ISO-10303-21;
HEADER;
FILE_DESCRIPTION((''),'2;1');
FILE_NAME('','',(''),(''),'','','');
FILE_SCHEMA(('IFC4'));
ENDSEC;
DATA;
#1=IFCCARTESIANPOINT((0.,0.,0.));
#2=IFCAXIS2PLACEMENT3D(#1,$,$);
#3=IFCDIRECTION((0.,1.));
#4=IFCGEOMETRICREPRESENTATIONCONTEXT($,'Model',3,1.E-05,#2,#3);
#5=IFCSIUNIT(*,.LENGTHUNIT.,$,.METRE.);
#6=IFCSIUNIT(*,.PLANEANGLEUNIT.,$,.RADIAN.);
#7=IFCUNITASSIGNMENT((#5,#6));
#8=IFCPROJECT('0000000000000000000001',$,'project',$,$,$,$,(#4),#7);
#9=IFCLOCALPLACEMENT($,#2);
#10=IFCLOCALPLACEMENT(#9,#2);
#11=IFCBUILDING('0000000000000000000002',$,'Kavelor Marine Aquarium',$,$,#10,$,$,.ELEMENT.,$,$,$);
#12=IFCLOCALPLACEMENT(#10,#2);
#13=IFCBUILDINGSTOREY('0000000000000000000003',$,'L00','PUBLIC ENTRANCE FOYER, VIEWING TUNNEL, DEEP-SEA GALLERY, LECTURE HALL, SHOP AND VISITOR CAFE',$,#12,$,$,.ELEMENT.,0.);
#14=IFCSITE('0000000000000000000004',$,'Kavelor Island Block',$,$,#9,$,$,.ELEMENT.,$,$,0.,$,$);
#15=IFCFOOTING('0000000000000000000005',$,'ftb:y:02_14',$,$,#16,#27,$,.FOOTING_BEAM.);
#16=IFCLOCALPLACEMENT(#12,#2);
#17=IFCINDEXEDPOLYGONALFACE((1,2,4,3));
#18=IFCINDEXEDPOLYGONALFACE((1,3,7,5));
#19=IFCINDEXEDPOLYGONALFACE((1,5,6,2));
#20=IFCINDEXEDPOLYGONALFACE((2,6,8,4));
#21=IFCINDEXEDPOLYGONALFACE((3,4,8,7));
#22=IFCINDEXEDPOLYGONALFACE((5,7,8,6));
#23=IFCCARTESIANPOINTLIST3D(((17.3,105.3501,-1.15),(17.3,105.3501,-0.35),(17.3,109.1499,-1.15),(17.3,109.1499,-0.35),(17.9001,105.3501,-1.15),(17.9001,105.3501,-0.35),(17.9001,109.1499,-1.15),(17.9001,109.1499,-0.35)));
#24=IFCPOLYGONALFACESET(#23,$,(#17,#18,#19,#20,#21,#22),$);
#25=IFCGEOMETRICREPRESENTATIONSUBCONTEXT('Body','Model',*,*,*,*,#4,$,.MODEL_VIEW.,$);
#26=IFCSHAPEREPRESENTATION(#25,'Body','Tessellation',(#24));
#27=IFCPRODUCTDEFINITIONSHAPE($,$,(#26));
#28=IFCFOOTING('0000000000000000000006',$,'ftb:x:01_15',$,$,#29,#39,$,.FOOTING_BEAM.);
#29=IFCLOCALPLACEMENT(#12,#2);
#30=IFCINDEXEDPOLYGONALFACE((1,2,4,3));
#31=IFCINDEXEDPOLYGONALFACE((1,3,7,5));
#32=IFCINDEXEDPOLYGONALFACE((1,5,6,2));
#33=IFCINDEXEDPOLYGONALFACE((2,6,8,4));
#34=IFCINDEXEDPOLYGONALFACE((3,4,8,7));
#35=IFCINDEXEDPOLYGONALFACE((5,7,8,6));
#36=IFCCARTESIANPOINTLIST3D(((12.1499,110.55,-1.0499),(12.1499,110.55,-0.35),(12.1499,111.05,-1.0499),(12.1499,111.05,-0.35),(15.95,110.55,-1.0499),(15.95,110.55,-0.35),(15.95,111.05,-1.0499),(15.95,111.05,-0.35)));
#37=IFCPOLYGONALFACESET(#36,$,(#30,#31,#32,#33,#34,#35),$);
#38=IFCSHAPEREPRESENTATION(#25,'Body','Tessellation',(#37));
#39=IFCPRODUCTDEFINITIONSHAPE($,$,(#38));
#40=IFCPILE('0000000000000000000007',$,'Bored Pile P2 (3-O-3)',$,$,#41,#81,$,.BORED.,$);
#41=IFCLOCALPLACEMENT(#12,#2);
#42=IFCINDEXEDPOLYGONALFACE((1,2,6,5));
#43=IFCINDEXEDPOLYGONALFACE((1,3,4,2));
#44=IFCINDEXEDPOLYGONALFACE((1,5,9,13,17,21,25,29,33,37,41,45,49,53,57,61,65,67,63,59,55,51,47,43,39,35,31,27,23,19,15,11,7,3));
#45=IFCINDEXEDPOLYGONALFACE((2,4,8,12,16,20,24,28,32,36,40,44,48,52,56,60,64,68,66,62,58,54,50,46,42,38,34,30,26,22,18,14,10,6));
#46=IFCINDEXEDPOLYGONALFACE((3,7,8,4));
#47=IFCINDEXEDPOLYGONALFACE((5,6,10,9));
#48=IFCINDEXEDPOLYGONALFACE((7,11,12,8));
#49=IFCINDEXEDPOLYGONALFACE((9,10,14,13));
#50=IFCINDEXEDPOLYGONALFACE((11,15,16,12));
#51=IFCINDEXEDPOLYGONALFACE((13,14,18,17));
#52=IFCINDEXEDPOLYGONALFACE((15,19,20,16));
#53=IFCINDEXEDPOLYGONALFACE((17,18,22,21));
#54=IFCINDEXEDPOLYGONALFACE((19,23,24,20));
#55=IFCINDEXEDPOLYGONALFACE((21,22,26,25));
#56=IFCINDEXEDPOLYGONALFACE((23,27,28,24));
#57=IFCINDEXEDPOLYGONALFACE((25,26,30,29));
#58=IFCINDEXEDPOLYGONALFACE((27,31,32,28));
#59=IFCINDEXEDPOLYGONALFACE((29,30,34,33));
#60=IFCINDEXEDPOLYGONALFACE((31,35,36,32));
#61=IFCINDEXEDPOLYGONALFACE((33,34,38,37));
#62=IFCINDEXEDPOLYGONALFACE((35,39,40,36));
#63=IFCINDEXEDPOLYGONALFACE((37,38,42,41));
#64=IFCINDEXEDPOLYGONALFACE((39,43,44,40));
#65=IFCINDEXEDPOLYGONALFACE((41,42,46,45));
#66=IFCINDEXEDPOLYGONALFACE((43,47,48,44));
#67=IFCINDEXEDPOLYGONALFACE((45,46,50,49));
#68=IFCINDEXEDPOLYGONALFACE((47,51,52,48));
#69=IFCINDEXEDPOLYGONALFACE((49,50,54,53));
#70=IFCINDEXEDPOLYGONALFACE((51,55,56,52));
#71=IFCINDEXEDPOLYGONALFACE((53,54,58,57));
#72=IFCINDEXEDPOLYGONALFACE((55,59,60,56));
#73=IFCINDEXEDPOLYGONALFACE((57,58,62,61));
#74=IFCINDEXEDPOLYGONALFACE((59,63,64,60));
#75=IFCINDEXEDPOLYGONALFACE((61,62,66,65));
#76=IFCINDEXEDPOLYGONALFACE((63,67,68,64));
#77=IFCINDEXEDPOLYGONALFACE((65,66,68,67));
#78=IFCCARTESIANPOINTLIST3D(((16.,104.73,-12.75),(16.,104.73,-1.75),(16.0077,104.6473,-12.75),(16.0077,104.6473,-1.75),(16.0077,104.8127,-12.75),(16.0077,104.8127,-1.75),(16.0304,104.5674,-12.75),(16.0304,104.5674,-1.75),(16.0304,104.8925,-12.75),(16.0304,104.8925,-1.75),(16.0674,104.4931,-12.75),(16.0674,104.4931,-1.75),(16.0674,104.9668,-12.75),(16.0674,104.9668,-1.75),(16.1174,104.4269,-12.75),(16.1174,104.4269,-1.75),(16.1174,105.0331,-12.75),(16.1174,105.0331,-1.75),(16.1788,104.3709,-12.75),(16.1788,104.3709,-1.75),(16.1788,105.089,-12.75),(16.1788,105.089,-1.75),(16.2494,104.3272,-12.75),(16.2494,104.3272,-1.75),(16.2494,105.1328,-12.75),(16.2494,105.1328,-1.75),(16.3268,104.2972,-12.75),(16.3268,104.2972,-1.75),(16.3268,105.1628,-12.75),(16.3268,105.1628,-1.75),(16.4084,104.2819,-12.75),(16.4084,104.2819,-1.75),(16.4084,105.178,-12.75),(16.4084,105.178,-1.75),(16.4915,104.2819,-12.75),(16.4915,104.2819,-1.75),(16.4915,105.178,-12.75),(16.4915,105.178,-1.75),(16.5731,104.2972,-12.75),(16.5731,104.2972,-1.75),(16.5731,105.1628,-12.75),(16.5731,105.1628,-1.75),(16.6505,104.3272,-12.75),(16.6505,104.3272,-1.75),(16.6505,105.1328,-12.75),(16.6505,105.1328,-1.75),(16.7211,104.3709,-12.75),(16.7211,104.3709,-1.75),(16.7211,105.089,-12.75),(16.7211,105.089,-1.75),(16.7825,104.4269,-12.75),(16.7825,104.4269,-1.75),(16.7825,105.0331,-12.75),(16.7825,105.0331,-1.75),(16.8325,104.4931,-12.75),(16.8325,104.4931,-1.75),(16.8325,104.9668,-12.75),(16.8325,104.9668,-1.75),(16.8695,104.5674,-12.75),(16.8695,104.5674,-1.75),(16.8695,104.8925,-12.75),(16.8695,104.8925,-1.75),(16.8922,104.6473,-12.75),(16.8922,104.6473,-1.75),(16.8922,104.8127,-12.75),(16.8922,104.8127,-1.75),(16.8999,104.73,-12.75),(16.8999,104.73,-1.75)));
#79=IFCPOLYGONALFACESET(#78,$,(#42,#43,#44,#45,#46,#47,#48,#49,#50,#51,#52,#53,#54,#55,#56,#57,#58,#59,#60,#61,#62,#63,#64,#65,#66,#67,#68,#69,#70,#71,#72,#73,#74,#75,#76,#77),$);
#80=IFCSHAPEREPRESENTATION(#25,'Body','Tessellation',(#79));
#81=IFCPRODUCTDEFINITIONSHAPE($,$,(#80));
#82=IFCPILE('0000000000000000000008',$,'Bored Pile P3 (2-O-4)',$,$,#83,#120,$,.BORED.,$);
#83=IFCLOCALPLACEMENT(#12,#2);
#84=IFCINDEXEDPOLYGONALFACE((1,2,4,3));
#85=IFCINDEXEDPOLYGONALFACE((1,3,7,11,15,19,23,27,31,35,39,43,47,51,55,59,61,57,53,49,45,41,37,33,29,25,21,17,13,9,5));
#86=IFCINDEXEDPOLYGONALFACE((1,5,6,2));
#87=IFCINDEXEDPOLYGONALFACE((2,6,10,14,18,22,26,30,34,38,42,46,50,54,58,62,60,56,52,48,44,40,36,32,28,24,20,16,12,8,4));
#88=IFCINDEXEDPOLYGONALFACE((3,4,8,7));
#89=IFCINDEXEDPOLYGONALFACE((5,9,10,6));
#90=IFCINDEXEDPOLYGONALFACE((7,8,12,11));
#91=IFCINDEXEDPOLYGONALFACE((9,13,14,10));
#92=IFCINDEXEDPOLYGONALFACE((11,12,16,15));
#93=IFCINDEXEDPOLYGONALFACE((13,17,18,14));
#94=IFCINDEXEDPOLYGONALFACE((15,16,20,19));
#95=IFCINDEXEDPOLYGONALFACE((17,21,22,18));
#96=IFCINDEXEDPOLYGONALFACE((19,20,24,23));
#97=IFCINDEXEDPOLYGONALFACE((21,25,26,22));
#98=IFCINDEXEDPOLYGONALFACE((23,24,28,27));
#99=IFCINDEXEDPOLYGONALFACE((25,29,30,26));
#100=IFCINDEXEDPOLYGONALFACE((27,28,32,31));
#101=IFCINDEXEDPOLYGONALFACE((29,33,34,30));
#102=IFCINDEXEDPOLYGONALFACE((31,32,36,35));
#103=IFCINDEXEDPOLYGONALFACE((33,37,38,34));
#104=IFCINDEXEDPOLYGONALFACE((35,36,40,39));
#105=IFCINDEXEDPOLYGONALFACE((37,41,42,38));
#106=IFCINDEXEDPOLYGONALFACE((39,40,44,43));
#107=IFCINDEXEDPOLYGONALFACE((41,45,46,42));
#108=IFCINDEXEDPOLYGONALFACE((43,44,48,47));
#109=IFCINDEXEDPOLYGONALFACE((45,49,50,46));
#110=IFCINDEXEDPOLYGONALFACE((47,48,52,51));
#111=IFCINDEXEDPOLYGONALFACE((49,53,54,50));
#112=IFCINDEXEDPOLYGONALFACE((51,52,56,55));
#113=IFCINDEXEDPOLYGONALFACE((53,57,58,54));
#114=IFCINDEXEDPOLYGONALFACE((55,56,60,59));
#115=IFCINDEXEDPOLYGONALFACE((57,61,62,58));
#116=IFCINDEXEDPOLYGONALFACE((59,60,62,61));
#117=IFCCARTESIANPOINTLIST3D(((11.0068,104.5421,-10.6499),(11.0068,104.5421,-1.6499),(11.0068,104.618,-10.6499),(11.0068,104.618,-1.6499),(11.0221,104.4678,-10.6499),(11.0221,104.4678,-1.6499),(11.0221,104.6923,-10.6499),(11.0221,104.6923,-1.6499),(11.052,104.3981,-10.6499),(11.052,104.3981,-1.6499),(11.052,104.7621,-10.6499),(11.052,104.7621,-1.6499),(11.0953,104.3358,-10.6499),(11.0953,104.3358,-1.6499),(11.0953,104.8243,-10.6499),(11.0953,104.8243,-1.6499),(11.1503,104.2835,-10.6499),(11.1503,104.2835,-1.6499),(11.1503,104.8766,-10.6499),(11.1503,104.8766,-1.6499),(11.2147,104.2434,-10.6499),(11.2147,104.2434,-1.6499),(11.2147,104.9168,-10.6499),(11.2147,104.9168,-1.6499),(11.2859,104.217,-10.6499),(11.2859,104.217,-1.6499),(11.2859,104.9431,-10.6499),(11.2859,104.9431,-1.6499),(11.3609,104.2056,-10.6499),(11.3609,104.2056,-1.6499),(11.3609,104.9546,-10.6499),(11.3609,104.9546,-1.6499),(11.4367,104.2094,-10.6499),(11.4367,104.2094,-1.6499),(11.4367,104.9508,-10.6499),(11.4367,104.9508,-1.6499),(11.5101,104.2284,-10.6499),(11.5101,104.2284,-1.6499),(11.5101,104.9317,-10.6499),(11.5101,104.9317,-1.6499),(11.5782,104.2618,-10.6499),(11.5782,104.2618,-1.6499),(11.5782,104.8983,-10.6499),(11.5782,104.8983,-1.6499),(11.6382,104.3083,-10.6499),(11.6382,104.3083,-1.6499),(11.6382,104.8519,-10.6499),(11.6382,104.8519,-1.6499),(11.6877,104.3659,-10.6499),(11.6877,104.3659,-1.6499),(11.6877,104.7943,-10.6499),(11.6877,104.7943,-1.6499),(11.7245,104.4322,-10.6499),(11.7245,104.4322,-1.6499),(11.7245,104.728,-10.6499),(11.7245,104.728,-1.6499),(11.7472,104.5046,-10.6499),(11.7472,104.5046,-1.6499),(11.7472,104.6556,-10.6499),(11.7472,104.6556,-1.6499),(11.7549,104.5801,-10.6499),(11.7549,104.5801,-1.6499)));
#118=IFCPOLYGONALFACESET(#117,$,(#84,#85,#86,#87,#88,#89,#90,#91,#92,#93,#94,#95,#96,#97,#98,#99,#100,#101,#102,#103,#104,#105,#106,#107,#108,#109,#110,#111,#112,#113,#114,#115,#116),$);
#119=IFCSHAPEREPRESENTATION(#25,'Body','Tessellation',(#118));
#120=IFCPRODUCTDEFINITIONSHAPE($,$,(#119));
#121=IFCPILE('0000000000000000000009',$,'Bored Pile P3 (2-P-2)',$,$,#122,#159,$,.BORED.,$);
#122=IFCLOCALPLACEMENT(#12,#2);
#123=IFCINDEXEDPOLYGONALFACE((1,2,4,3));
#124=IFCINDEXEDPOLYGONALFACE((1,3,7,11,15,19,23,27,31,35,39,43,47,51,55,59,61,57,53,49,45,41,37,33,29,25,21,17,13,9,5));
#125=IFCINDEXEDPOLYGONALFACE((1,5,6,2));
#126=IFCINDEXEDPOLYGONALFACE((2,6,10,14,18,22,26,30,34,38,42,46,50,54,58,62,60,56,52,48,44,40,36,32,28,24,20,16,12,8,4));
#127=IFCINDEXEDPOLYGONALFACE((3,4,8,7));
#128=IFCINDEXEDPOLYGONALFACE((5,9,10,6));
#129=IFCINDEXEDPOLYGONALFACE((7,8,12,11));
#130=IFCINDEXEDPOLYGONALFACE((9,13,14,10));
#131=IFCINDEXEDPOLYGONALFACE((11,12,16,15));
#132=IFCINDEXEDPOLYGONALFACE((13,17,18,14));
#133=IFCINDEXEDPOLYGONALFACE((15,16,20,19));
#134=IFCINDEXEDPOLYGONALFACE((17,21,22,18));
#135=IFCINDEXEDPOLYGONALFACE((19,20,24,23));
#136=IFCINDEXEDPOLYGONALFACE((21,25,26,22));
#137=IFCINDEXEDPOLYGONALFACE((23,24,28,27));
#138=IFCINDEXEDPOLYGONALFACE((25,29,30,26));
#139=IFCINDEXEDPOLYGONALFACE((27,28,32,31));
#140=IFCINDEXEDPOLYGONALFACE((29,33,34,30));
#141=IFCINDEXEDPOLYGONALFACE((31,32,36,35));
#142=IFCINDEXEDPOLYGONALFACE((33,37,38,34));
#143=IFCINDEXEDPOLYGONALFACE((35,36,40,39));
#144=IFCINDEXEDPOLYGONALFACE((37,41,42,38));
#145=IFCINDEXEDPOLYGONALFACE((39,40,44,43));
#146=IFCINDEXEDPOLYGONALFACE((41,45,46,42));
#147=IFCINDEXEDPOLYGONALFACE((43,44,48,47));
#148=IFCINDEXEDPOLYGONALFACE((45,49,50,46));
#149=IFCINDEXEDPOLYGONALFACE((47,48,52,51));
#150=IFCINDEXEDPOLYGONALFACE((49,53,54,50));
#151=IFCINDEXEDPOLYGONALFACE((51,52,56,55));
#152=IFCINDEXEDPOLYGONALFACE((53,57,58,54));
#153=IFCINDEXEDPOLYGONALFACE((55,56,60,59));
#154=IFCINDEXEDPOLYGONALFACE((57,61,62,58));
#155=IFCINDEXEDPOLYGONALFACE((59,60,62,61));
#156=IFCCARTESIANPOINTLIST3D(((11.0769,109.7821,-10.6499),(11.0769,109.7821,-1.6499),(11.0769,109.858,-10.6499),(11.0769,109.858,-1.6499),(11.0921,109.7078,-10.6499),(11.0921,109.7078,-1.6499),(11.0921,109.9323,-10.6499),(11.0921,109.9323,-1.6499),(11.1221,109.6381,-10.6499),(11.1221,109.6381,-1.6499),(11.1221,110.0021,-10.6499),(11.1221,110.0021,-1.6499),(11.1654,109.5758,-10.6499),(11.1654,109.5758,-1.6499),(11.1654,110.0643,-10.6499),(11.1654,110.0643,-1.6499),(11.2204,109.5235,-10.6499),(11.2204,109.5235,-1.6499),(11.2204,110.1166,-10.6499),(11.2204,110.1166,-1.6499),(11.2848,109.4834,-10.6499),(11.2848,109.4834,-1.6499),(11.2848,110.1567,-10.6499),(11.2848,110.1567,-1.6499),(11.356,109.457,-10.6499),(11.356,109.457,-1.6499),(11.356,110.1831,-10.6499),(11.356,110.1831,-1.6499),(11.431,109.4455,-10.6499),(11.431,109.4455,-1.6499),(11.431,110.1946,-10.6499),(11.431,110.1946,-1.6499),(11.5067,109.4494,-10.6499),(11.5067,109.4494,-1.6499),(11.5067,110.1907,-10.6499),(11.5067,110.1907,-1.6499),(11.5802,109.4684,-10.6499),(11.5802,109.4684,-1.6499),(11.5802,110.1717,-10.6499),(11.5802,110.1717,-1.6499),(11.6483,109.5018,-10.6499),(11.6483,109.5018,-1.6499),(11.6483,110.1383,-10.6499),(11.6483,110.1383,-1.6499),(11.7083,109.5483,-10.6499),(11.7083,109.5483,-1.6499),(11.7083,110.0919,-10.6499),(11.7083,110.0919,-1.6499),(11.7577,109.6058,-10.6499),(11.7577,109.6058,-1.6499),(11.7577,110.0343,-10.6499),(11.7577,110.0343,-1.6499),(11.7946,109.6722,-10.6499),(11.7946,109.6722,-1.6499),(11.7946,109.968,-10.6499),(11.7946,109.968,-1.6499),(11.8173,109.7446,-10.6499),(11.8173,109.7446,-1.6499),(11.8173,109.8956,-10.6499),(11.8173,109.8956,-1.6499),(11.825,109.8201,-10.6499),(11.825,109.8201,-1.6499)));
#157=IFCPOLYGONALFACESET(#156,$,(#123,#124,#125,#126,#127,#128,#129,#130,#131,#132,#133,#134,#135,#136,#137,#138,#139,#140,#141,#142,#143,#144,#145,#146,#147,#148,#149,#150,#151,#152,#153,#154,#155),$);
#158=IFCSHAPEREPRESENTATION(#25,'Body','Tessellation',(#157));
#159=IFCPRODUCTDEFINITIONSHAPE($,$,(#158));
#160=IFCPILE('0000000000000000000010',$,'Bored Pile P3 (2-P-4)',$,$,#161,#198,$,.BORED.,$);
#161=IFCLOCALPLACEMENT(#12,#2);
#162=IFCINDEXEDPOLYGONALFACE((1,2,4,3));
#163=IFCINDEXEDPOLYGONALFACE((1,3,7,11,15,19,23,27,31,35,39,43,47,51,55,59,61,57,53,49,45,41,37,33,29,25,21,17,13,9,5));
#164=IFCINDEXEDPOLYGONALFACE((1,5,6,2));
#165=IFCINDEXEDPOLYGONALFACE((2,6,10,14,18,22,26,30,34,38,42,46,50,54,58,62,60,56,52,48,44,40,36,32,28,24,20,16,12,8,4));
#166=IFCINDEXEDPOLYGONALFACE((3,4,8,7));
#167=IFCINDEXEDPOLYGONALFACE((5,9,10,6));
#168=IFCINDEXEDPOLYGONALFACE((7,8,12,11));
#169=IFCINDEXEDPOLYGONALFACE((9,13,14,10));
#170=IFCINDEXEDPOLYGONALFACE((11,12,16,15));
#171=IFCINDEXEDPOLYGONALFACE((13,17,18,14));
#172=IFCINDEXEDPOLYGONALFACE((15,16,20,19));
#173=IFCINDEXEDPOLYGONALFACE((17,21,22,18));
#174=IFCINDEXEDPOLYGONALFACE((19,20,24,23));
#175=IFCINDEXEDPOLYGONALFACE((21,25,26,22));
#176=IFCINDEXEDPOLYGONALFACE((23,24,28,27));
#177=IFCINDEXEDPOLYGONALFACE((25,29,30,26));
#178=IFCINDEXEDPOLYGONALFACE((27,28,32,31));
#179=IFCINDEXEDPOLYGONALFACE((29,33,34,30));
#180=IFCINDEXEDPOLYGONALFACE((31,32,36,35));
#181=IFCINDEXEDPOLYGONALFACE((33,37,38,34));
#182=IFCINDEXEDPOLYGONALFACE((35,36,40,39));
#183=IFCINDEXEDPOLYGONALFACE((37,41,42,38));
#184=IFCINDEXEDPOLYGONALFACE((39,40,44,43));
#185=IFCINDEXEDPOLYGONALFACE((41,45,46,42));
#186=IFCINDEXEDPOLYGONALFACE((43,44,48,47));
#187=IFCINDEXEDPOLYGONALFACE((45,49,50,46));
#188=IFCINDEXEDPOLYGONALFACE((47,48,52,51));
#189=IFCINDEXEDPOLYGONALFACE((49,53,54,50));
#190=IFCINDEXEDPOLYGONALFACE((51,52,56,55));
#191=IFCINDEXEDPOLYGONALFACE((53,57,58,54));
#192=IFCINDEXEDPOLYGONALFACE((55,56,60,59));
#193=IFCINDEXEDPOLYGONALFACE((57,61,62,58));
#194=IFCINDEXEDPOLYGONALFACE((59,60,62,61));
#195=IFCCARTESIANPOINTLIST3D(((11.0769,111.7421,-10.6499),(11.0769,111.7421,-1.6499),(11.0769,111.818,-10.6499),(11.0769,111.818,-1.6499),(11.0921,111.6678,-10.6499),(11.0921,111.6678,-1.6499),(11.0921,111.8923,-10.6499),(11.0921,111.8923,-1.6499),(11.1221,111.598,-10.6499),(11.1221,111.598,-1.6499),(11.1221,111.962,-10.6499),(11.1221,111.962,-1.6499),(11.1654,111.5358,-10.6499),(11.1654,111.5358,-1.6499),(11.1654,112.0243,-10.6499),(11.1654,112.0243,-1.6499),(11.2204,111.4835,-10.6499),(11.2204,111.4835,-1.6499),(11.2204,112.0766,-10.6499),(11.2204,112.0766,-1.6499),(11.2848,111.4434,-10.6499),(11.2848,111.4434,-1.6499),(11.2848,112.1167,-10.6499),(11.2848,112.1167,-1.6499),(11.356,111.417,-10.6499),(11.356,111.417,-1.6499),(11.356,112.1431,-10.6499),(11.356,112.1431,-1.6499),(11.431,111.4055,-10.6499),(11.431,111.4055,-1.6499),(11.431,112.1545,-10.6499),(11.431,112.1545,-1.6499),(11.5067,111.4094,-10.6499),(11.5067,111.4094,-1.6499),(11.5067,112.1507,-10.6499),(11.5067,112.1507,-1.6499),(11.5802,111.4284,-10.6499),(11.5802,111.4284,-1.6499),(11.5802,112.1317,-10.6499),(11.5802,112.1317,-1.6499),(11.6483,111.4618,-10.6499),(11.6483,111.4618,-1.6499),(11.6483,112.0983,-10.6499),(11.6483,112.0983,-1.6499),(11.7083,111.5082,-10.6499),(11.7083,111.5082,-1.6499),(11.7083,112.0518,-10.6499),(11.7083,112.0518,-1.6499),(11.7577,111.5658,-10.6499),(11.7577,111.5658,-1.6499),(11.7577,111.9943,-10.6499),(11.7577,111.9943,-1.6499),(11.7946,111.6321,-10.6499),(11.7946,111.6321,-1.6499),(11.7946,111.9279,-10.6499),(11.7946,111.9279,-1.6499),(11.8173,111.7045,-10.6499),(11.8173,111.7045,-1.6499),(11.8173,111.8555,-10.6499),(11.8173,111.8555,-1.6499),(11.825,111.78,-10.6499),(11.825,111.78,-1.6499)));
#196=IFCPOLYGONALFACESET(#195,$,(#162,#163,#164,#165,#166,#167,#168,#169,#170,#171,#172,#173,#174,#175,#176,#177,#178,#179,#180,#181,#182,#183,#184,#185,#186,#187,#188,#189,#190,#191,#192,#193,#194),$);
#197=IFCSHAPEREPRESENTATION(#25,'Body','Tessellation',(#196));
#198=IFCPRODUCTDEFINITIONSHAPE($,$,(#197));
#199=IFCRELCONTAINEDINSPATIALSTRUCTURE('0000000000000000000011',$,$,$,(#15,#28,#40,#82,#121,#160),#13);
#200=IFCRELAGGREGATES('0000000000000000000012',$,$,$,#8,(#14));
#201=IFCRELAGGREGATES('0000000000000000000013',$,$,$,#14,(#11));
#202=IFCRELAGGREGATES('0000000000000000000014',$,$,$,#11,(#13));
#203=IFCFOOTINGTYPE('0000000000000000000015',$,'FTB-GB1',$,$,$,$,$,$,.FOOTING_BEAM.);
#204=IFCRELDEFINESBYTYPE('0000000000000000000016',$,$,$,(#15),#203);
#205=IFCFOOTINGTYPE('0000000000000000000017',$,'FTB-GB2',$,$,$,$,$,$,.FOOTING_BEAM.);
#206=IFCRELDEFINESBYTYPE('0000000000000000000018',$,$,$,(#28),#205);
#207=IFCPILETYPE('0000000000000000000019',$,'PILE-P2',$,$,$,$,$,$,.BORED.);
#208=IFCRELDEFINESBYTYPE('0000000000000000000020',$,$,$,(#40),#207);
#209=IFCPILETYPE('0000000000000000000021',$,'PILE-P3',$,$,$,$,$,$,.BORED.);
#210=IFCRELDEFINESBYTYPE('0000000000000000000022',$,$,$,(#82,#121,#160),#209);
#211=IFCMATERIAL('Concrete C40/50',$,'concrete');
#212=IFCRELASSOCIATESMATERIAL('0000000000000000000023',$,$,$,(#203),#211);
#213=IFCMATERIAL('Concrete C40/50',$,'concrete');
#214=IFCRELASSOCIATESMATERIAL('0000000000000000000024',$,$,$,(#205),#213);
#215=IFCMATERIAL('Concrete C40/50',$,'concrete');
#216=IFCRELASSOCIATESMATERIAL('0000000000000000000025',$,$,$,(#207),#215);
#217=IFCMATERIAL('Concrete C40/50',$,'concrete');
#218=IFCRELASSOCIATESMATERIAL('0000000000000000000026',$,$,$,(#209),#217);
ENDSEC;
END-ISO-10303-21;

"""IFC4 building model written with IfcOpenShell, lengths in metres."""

from ifc_helpers import new_model, si_unit, direction, frame, origin, origin_2d, place, context, subcontext, project, spatial, rectangle, circle, extrude, material, material_profile, profile_set, type_object, element, save


model = new_model("IFC4")

# Units and contexts
model_context = context("Model", 3, precision=1e-05, world=origin(), true_north=direction((0.0, 1.0)))
body_context = subcontext(model_context, "Body", "Model", "MODEL_VIEW")
ifc_project = project(units=[si_unit("LENGTHUNIT", "METRE"), si_unit("PLANEANGLEUNIT", "RADIAN")], contexts=[model_context])

# Site, building, storey
site_placement = place(None, origin())
site = spatial("IfcSite", under=ifc_project, at=site_placement, Name="Kavelor Island Block", CompositionType="ELEMENT", RefElevation=0.0)
building_placement = place(site_placement, origin())
building = spatial("IfcBuilding", under=site, at=building_placement, Name="Kavelor Marine Aquarium", CompositionType="ELEMENT")
storey_placement = place(building_placement, origin())
storey = spatial("IfcBuildingStorey", under=building, at=storey_placement, Name="L00", Description="PUBLIC ENTRANCE FOYER, VIEWING TUNNEL, DEEP-SEA GALLERY, LECTURE HALL, SHOP AND VISITOR CAFE", CompositionType="ELEMENT", Elevation=0.0)

# Footings
ifc_material_1 = material(Name="Concrete C40/50", Category="concrete")
ifc_material_profile_1 = material_profile(ifc_material_1, rectangle(XDim=0.6001, YDim=0.8, at=origin_2d()), Name="GB 600x800")
ifc_profile_set_1 = profile_set([ifc_material_profile_1], Name="Concrete C40/50")
footing_type_1 = type_object("IfcFootingType", Name="FTB-GB1", PredefinedType="FOOTING_BEAM", material=ifc_profile_set_1)
footing_1_placement = place(storey_placement, frame((17.6001, 105.3501, -0.75), z_axis=(0.0, 1.0, 0.0), x_axis=(-1.0, 0.0, 0.0)))
element("IfcFooting", 1, at=footing_1_placement, inside=storey, type_object=footing_type_1, Name="ftb:y:02_14", PredefinedType="FOOTING_BEAM", context=body_context, shape_type="SweptSolid", body=[
    extrude(rectangle(XDim=0.6001, YDim=0.8, at=origin_2d()), origin(), (0.0, 0.0, 1.0), 3.7998),
])
ifc_material_2 = material(Name="Concrete C40/50", Category="concrete")
ifc_material_profile_2 = material_profile(ifc_material_2, rectangle(XDim=0.5, YDim=0.7, at=origin_2d()), Name="GB 500x700")
ifc_profile_set_2 = profile_set([ifc_material_profile_2], Name="Concrete C40/50")
footing_type_2 = type_object("IfcFootingType", Name="FTB-GB2", PredefinedType="FOOTING_BEAM", material=ifc_profile_set_2)
footing_2_placement = place(storey_placement, frame((12.1499, 110.8, -0.7), z_axis=(1.0, 0.0, 0.0), x_axis=(0.0, 1.0, 0.0)))
element("IfcFooting", 2, at=footing_2_placement, inside=storey, type_object=footing_type_2, Name="ftb:x:01_15", PredefinedType="FOOTING_BEAM", context=body_context, shape_type="SweptSolid", body=[
    extrude(rectangle(XDim=0.5, YDim=0.7, at=origin_2d()), origin(), (0.0, 0.0, 1.0), 3.8),
])

# Piles
ifc_material_3 = material(Name="Concrete C40/50", Category="concrete")
ifc_material_profile_3 = material_profile(ifc_material_3, circle(Radius=0.45, at=origin_2d()), Name="PILE D900")
ifc_profile_set_3 = profile_set([ifc_material_profile_3], Name="Concrete C40/50")
pile_type_1 = type_object("IfcPileType", Name="PILE-P2", PredefinedType="BORED", material=ifc_profile_set_3)
pile_placement = place(storey_placement, frame((16.45, 104.73, -1.75), z_axis=(0.0, 0.0, -1.0), x_axis=(1.0, 0.0, 0.0)))
element("IfcPile", 3, at=pile_placement, inside=storey, type_object=pile_type_1, Name="Bored Pile P2 (3-O-3)", PredefinedType="BORED", context=body_context, shape_type="SweptSolid", body=[
    extrude(circle(Radius=0.45, at=origin_2d()), origin(), (0.0, 0.0, 1.0), 11.0),
])
ifc_material_4 = material(Name="Concrete C40/50", Category="concrete")
ifc_material_profile_4 = material_profile(ifc_material_4, circle(Radius=0.375, at=origin_2d()), Name="PILE D750")
ifc_profile_set_4 = profile_set([ifc_material_profile_4], Name="Concrete C40/50")
pile_type_2 = type_object("IfcPileType", Name="PILE-P3", PredefinedType="BORED", material=ifc_profile_set_4)
for number, where, z_axis, x_axis, name in (
    (4, (11.3799, 104.5801, -1.6499), (0.0, 0.0, -1.0), (1.0, 0.0, 0.0), "Bored Pile P3 (2-O-4)"),
    (5, (11.45, 109.8201, -1.6499), (0.0, 0.0, -1.0), (1.0, 0.0, 0.0), "Bored Pile P3 (2-P-2)"),
    (6, (11.45, 111.78, -1.6499), (0.0, 0.0, -1.0), (1.0, 0.0, 0.0), "Bored Pile P3 (2-P-4)"),
):
    element("IfcPile", number, at=place(storey_placement, frame(where, z_axis=z_axis, x_axis=x_axis)), inside=storey, type_object=pile_type_2, Name=name, PredefinedType="BORED", context=body_context, shape_type="SweptSolid", body=[
        extrude(circle(Radius=0.375, at=origin_2d()), origin(), (0.0, 0.0, 1.0), 9.0),
    ])

save(model, "model.ifc")
